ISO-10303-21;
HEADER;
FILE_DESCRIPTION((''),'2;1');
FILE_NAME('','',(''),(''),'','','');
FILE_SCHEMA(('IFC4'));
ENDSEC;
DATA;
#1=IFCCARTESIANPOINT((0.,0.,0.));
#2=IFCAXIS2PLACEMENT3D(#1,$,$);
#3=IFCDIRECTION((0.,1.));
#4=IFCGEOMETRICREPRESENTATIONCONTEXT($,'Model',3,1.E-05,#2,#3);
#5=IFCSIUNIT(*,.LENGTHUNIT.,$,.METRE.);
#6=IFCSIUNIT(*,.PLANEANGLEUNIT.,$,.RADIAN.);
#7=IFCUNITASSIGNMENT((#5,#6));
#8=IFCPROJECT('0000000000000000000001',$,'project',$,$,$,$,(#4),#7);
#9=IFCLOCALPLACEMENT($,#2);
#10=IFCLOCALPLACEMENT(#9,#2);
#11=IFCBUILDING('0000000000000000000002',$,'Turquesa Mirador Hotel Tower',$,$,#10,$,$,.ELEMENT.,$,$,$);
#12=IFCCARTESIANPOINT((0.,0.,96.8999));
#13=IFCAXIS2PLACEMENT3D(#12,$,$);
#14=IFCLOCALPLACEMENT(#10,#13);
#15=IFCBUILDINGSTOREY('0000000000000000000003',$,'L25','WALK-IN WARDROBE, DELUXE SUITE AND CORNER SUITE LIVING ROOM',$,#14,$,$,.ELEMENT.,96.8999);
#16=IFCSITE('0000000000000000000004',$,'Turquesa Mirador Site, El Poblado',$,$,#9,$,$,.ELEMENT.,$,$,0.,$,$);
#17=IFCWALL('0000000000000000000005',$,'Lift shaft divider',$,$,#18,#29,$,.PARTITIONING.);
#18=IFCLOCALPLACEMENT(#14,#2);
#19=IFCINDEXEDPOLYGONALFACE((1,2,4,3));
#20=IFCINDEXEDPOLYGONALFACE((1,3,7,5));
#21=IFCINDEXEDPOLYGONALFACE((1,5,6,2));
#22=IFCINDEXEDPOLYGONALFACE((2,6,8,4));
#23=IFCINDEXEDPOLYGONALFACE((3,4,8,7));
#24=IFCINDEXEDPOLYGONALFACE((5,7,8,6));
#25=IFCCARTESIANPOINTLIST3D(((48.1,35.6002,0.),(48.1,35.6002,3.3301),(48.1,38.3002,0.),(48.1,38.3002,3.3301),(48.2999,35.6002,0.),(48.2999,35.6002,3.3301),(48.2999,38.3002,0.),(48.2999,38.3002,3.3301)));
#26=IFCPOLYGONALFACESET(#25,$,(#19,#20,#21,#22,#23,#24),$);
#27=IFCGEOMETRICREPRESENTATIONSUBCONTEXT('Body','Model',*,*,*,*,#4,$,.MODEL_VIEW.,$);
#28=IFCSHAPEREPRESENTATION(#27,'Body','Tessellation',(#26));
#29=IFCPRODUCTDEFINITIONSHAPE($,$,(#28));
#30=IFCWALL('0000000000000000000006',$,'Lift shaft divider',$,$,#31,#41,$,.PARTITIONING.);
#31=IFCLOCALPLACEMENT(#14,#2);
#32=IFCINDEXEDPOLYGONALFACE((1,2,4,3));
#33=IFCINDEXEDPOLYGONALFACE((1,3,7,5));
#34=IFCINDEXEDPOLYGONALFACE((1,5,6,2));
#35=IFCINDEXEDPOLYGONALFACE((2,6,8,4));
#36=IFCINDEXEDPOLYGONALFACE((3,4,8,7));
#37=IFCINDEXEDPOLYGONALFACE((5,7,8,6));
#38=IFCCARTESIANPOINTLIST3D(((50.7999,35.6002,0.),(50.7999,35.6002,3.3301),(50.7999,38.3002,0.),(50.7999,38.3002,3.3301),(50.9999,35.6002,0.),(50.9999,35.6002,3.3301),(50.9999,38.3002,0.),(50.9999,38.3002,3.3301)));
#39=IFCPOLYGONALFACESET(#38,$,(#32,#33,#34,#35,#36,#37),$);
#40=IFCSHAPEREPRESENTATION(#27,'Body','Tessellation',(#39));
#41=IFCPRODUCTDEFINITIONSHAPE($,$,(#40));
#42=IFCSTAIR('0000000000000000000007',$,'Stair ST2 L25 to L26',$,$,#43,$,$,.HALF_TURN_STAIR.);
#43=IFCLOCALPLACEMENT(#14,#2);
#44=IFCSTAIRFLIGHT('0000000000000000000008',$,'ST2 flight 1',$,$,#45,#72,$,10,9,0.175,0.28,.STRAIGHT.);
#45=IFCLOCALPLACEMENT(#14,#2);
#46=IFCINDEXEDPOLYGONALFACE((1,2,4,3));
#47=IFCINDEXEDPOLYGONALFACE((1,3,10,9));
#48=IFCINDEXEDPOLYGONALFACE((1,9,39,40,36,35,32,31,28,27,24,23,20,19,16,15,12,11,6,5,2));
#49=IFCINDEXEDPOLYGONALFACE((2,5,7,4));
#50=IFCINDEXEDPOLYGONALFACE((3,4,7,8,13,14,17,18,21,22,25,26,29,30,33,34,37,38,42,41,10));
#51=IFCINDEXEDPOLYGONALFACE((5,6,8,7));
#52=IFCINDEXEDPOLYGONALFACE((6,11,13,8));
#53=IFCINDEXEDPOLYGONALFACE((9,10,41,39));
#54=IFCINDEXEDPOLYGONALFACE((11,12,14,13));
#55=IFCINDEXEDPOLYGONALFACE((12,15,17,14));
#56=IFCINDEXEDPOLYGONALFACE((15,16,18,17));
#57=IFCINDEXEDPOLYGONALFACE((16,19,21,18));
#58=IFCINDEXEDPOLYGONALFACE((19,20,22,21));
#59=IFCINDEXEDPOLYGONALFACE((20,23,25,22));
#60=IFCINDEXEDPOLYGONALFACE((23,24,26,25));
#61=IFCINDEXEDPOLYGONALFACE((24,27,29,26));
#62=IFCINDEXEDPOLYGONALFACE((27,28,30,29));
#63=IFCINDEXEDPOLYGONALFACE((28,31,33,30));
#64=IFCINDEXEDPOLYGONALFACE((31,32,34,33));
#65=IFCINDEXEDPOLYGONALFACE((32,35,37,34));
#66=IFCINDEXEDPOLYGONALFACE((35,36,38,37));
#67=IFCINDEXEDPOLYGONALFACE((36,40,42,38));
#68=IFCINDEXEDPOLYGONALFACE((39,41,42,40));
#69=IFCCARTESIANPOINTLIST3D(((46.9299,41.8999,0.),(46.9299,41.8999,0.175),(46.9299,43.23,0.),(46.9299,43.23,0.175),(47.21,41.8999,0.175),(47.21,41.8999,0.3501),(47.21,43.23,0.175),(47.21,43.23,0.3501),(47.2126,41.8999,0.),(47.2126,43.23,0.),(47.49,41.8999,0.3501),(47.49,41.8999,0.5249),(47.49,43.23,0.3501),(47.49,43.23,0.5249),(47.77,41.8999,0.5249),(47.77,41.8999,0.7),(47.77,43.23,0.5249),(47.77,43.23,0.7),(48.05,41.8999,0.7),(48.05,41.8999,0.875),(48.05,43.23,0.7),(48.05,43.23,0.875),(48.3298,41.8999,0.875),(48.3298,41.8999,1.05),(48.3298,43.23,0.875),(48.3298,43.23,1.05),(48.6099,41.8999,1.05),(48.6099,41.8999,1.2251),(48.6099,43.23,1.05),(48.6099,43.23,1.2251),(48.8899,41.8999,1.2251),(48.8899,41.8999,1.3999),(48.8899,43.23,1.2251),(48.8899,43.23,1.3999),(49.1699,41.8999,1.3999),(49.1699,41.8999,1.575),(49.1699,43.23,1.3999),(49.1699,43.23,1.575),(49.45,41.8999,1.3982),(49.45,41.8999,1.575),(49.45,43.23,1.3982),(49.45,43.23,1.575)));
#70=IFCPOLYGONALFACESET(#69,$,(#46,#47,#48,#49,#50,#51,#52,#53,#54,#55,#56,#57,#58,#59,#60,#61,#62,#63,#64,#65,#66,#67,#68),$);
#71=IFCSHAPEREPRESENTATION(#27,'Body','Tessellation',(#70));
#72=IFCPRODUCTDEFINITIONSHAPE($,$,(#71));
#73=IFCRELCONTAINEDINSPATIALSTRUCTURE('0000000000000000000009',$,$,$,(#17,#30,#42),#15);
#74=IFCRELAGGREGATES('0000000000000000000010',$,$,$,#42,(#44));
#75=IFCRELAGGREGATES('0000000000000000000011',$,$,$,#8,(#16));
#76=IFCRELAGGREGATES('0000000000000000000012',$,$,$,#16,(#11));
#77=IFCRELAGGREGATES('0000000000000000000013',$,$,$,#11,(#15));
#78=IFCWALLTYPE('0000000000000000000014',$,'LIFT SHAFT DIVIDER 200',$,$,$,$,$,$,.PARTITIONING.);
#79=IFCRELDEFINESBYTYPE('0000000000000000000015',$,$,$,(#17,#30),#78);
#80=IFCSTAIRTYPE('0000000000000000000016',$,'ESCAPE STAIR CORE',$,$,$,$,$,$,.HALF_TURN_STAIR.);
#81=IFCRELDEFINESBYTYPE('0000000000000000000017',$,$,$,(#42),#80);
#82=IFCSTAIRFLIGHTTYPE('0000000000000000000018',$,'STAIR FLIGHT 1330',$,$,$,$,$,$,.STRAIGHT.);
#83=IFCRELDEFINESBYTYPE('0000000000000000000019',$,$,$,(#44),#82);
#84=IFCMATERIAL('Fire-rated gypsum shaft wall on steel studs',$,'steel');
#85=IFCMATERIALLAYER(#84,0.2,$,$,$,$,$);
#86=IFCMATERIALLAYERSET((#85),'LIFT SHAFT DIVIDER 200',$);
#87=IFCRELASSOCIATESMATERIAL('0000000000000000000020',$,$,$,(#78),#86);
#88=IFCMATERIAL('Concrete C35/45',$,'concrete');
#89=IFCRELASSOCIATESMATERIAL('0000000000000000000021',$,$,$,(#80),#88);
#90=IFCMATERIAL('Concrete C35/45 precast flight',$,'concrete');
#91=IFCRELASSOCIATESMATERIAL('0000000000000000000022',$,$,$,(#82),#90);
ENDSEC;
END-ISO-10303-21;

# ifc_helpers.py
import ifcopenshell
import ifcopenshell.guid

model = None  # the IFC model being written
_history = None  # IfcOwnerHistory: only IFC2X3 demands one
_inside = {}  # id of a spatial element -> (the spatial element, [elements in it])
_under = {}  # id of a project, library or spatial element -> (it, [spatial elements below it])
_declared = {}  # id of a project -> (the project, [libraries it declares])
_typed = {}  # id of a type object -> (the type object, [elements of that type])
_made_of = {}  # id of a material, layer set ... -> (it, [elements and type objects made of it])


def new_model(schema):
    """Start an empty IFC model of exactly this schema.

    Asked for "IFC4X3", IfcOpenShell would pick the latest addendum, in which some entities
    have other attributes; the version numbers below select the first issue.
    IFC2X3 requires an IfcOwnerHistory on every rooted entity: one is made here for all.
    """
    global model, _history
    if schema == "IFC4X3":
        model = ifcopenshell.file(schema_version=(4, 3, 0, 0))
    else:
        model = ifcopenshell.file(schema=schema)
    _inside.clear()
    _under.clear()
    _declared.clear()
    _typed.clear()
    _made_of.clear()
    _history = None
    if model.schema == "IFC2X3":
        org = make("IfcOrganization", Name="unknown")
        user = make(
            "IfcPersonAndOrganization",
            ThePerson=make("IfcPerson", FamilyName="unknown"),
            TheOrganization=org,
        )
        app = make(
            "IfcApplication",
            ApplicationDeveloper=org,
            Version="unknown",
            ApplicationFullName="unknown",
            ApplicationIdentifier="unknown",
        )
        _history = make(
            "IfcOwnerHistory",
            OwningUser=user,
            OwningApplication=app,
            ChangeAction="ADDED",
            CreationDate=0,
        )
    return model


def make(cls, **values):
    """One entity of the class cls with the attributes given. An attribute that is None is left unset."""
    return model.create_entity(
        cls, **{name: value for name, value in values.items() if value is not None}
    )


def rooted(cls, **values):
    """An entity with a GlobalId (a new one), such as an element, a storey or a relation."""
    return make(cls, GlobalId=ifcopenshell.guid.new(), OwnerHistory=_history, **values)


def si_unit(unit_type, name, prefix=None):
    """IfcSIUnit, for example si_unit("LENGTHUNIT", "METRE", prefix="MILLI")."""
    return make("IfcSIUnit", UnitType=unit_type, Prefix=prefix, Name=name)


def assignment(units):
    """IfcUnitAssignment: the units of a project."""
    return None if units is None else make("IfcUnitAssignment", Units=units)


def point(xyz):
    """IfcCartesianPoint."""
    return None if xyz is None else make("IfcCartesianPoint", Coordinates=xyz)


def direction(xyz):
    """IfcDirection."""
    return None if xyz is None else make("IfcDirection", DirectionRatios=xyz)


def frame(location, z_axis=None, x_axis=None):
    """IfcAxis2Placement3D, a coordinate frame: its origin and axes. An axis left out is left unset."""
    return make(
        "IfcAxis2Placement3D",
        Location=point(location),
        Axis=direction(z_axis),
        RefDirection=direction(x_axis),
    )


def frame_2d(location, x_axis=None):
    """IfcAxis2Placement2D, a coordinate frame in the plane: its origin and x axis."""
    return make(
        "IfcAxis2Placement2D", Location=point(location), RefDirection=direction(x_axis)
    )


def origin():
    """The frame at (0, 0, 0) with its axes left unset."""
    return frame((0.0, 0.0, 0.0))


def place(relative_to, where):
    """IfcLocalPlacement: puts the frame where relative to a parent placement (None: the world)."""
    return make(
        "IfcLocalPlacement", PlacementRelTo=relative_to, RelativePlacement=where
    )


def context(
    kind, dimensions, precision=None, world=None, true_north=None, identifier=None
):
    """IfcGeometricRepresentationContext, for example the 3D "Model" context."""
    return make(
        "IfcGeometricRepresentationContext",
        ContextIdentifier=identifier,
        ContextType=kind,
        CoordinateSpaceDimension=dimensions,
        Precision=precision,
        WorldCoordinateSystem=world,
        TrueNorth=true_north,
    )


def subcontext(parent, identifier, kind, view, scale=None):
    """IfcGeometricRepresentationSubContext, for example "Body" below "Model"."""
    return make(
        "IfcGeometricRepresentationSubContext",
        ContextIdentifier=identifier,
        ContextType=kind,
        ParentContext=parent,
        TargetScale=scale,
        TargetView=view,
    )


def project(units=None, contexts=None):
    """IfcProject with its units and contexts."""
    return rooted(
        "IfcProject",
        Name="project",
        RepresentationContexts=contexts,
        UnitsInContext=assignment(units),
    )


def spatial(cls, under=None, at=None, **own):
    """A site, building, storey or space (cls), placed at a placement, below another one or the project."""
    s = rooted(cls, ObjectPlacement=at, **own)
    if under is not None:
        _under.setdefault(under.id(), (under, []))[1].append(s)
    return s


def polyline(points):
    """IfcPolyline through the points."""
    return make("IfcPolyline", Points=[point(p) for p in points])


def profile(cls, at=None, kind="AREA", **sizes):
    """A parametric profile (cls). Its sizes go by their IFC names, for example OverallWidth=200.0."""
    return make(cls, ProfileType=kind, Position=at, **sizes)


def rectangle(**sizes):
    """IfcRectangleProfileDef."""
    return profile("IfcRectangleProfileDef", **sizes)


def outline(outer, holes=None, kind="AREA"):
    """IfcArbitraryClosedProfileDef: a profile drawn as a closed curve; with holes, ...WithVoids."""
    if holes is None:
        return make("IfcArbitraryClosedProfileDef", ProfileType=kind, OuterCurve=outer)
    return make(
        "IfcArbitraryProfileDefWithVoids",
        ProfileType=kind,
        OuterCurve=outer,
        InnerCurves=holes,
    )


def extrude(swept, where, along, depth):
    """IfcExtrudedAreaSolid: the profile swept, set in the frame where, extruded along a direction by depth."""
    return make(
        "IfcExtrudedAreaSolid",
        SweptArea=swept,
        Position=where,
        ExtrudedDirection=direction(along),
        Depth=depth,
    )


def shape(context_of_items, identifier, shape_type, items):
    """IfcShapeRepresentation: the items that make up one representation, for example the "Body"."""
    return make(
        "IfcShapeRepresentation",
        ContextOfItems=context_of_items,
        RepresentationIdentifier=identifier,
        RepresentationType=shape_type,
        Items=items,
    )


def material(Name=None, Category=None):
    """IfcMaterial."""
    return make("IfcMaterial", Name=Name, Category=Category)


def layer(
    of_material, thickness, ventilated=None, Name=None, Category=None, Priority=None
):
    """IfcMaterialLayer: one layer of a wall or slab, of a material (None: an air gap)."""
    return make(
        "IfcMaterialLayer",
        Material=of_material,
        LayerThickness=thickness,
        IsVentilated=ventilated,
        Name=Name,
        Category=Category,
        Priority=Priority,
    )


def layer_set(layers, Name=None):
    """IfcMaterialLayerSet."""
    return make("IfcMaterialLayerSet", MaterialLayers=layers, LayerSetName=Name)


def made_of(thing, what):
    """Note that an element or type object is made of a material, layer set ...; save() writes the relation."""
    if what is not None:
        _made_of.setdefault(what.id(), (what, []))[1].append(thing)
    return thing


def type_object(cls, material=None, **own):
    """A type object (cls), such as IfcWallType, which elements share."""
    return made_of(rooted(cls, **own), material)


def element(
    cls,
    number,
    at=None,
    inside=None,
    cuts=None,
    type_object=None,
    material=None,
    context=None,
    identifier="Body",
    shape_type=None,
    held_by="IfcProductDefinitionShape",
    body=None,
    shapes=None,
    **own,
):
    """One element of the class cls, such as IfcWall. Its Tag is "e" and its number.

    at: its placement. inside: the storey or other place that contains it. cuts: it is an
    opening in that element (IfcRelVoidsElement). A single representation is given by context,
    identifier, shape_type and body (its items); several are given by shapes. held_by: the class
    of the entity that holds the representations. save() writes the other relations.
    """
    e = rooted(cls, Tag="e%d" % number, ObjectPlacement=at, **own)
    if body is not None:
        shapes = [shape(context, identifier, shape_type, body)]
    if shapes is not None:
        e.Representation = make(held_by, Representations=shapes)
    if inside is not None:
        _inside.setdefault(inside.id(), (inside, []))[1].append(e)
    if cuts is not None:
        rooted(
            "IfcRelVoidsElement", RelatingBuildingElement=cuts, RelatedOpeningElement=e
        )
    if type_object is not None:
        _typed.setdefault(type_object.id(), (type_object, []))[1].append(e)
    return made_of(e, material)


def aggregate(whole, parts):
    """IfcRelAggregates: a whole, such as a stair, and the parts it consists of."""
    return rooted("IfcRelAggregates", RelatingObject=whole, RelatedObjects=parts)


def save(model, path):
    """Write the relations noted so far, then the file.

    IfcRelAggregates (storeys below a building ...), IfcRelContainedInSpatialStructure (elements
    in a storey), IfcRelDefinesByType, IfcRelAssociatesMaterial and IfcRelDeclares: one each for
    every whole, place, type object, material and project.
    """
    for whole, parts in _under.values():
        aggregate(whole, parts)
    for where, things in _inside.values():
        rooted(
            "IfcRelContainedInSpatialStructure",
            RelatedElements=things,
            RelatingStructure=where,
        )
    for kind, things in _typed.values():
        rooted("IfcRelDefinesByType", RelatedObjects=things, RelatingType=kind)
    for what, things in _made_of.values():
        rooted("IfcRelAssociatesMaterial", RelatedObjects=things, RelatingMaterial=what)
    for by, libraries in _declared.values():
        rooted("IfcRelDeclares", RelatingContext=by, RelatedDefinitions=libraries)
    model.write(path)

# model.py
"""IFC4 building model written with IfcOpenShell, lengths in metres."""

from ifc_helpers import new_model, si_unit, direction, frame, frame_2d, origin, place, context, subcontext, project, spatial, polyline, rectangle, outline, extrude, material, layer, layer_set, type_object, element, aggregate, save


model = new_model("IFC4")

# Units and contexts
model_context = context("Model", 3, precision=1e-05, world=origin(), true_north=direction((0.0, 1.0)))
body_context = subcontext(model_context, "Body", "Model", "MODEL_VIEW")
ifc_project = project(units=[si_unit("LENGTHUNIT", "METRE"), si_unit("PLANEANGLEUNIT", "RADIAN")], contexts=[model_context])

# Site, building, storey
site_placement = place(None, origin())
site = spatial("IfcSite", under=ifc_project, at=site_placement, Name="Turquesa Mirador Site, El Poblado", CompositionType="ELEMENT", RefElevation=0.0)
building_placement = place(site_placement, origin())
building = spatial("IfcBuilding", under=site, at=building_placement, Name="Turquesa Mirador Hotel Tower", CompositionType="ELEMENT")
storey_placement = place(building_placement, frame((0.0, 0.0, 96.8999)))
storey = spatial("IfcBuildingStorey", under=building, at=storey_placement, Name="L25", Description="WALK-IN WARDROBE, DELUXE SUITE AND CORNER SUITE LIVING ROOM", CompositionType="ELEMENT", Elevation=96.8999)

# Walls
ifc_material_1 = material(Name="Fire-rated gypsum shaft wall on steel studs", Category="steel")
ifc_layer_1 = layer(ifc_material_1, 0.2)
ifc_layer_set_1 = layer_set([ifc_layer_1], Name="LIFT SHAFT DIVIDER 200")
wall_type_1 = type_object("IfcWallType", Name="LIFT SHAFT DIVIDER 200", PredefinedType="PARTITIONING", material=ifc_layer_set_1)
for number, where, z_axis, x_axis, name in (
    (1, (48.2, 35.6001, 0.0), (0.0, 0.0, 1.0), (0.0, 1.0, 0.0), "Lift shaft divider"),
    (2, (50.8999, 35.6001, 0.0), (0.0, 0.0, 1.0), (0.0, 1.0, 0.0), "Lift shaft divider"),
):
    element("IfcWall", number, at=place(storey_placement, frame(where, z_axis=z_axis, x_axis=x_axis)), inside=storey, type_object=wall_type_1, Name=name, PredefinedType="PARTITIONING", context=body_context, shape_type="SweptSolid", body=[
        extrude(rectangle(XDim=2.7, YDim=0.2, at=frame_2d((1.3501, 0.0))), origin(), (0.0, 0.0, 1.0), 3.3301),
    ])

# Stair, stair flight
ifc_material_2 = material(Name="Concrete C35/45", Category="concrete")
stair_type = type_object("IfcStairType", Name="ESCAPE STAIR CORE", PredefinedType="HALF_TURN_STAIR", material=ifc_material_2)
stair_placement = place(storey_placement, origin())
stair = element("IfcStair", 3, at=stair_placement, inside=storey, type_object=stair_type, Name="Stair ST2 L25 to L26", PredefinedType="HALF_TURN_STAIR")
ifc_material_3 = material(Name="Concrete C35/45 precast flight", Category="concrete")
stair_flight_type = type_object("IfcStairFlightType", Name="STAIR FLIGHT 1330", PredefinedType="STRAIGHT", material=ifc_material_3)
stair_flight_placement = place(storey_placement, frame((46.9299, 42.5649, 0.0), z_axis=(0.0, 0.0, 1.0), x_axis=(1.0, 0.0, 0.0)))
stair_flight = element("IfcStairFlight", 4, at=stair_flight_placement, type_object=stair_flight_type, Name="ST2 flight 1", NumberOfRisers=10, NumberOfTreads=9, PredefinedType="STRAIGHT", RiserHeight=0.175, TreadLength=0.28, context=body_context, shape_type="SweptSolid", body=[
    extrude(outline(polyline([(0.0, 0.0), (0.0, 0.175), (0.28, 0.175), (0.28, 0.3501), (0.5601, 0.3501), (0.5601, 0.5249), (0.8401, 0.5249), (0.8401, 0.7), (1.1201, 0.7), (1.1201, 0.875), (1.3999, 0.875), (1.3999, 1.05), (1.6799, 1.05), (1.6799, 1.2251), (1.96, 1.2251), (1.96, 1.3999), (2.24, 1.3999), (2.24, 1.575), (2.52, 1.575), (2.52, 1.75), (2.52, 1.3982), (0.2827, 0.0), (0.0, 0.0)])), frame((0.0, 0.665, 0.0), z_axis=(0.0, -1.0, 0.0), x_axis=(1.0, 0.0, 0.0)), (0.0, 0.0, 1.0), 1.3301),
])
aggregate(stair, [stair_flight])

save(model, "model.ifc")
